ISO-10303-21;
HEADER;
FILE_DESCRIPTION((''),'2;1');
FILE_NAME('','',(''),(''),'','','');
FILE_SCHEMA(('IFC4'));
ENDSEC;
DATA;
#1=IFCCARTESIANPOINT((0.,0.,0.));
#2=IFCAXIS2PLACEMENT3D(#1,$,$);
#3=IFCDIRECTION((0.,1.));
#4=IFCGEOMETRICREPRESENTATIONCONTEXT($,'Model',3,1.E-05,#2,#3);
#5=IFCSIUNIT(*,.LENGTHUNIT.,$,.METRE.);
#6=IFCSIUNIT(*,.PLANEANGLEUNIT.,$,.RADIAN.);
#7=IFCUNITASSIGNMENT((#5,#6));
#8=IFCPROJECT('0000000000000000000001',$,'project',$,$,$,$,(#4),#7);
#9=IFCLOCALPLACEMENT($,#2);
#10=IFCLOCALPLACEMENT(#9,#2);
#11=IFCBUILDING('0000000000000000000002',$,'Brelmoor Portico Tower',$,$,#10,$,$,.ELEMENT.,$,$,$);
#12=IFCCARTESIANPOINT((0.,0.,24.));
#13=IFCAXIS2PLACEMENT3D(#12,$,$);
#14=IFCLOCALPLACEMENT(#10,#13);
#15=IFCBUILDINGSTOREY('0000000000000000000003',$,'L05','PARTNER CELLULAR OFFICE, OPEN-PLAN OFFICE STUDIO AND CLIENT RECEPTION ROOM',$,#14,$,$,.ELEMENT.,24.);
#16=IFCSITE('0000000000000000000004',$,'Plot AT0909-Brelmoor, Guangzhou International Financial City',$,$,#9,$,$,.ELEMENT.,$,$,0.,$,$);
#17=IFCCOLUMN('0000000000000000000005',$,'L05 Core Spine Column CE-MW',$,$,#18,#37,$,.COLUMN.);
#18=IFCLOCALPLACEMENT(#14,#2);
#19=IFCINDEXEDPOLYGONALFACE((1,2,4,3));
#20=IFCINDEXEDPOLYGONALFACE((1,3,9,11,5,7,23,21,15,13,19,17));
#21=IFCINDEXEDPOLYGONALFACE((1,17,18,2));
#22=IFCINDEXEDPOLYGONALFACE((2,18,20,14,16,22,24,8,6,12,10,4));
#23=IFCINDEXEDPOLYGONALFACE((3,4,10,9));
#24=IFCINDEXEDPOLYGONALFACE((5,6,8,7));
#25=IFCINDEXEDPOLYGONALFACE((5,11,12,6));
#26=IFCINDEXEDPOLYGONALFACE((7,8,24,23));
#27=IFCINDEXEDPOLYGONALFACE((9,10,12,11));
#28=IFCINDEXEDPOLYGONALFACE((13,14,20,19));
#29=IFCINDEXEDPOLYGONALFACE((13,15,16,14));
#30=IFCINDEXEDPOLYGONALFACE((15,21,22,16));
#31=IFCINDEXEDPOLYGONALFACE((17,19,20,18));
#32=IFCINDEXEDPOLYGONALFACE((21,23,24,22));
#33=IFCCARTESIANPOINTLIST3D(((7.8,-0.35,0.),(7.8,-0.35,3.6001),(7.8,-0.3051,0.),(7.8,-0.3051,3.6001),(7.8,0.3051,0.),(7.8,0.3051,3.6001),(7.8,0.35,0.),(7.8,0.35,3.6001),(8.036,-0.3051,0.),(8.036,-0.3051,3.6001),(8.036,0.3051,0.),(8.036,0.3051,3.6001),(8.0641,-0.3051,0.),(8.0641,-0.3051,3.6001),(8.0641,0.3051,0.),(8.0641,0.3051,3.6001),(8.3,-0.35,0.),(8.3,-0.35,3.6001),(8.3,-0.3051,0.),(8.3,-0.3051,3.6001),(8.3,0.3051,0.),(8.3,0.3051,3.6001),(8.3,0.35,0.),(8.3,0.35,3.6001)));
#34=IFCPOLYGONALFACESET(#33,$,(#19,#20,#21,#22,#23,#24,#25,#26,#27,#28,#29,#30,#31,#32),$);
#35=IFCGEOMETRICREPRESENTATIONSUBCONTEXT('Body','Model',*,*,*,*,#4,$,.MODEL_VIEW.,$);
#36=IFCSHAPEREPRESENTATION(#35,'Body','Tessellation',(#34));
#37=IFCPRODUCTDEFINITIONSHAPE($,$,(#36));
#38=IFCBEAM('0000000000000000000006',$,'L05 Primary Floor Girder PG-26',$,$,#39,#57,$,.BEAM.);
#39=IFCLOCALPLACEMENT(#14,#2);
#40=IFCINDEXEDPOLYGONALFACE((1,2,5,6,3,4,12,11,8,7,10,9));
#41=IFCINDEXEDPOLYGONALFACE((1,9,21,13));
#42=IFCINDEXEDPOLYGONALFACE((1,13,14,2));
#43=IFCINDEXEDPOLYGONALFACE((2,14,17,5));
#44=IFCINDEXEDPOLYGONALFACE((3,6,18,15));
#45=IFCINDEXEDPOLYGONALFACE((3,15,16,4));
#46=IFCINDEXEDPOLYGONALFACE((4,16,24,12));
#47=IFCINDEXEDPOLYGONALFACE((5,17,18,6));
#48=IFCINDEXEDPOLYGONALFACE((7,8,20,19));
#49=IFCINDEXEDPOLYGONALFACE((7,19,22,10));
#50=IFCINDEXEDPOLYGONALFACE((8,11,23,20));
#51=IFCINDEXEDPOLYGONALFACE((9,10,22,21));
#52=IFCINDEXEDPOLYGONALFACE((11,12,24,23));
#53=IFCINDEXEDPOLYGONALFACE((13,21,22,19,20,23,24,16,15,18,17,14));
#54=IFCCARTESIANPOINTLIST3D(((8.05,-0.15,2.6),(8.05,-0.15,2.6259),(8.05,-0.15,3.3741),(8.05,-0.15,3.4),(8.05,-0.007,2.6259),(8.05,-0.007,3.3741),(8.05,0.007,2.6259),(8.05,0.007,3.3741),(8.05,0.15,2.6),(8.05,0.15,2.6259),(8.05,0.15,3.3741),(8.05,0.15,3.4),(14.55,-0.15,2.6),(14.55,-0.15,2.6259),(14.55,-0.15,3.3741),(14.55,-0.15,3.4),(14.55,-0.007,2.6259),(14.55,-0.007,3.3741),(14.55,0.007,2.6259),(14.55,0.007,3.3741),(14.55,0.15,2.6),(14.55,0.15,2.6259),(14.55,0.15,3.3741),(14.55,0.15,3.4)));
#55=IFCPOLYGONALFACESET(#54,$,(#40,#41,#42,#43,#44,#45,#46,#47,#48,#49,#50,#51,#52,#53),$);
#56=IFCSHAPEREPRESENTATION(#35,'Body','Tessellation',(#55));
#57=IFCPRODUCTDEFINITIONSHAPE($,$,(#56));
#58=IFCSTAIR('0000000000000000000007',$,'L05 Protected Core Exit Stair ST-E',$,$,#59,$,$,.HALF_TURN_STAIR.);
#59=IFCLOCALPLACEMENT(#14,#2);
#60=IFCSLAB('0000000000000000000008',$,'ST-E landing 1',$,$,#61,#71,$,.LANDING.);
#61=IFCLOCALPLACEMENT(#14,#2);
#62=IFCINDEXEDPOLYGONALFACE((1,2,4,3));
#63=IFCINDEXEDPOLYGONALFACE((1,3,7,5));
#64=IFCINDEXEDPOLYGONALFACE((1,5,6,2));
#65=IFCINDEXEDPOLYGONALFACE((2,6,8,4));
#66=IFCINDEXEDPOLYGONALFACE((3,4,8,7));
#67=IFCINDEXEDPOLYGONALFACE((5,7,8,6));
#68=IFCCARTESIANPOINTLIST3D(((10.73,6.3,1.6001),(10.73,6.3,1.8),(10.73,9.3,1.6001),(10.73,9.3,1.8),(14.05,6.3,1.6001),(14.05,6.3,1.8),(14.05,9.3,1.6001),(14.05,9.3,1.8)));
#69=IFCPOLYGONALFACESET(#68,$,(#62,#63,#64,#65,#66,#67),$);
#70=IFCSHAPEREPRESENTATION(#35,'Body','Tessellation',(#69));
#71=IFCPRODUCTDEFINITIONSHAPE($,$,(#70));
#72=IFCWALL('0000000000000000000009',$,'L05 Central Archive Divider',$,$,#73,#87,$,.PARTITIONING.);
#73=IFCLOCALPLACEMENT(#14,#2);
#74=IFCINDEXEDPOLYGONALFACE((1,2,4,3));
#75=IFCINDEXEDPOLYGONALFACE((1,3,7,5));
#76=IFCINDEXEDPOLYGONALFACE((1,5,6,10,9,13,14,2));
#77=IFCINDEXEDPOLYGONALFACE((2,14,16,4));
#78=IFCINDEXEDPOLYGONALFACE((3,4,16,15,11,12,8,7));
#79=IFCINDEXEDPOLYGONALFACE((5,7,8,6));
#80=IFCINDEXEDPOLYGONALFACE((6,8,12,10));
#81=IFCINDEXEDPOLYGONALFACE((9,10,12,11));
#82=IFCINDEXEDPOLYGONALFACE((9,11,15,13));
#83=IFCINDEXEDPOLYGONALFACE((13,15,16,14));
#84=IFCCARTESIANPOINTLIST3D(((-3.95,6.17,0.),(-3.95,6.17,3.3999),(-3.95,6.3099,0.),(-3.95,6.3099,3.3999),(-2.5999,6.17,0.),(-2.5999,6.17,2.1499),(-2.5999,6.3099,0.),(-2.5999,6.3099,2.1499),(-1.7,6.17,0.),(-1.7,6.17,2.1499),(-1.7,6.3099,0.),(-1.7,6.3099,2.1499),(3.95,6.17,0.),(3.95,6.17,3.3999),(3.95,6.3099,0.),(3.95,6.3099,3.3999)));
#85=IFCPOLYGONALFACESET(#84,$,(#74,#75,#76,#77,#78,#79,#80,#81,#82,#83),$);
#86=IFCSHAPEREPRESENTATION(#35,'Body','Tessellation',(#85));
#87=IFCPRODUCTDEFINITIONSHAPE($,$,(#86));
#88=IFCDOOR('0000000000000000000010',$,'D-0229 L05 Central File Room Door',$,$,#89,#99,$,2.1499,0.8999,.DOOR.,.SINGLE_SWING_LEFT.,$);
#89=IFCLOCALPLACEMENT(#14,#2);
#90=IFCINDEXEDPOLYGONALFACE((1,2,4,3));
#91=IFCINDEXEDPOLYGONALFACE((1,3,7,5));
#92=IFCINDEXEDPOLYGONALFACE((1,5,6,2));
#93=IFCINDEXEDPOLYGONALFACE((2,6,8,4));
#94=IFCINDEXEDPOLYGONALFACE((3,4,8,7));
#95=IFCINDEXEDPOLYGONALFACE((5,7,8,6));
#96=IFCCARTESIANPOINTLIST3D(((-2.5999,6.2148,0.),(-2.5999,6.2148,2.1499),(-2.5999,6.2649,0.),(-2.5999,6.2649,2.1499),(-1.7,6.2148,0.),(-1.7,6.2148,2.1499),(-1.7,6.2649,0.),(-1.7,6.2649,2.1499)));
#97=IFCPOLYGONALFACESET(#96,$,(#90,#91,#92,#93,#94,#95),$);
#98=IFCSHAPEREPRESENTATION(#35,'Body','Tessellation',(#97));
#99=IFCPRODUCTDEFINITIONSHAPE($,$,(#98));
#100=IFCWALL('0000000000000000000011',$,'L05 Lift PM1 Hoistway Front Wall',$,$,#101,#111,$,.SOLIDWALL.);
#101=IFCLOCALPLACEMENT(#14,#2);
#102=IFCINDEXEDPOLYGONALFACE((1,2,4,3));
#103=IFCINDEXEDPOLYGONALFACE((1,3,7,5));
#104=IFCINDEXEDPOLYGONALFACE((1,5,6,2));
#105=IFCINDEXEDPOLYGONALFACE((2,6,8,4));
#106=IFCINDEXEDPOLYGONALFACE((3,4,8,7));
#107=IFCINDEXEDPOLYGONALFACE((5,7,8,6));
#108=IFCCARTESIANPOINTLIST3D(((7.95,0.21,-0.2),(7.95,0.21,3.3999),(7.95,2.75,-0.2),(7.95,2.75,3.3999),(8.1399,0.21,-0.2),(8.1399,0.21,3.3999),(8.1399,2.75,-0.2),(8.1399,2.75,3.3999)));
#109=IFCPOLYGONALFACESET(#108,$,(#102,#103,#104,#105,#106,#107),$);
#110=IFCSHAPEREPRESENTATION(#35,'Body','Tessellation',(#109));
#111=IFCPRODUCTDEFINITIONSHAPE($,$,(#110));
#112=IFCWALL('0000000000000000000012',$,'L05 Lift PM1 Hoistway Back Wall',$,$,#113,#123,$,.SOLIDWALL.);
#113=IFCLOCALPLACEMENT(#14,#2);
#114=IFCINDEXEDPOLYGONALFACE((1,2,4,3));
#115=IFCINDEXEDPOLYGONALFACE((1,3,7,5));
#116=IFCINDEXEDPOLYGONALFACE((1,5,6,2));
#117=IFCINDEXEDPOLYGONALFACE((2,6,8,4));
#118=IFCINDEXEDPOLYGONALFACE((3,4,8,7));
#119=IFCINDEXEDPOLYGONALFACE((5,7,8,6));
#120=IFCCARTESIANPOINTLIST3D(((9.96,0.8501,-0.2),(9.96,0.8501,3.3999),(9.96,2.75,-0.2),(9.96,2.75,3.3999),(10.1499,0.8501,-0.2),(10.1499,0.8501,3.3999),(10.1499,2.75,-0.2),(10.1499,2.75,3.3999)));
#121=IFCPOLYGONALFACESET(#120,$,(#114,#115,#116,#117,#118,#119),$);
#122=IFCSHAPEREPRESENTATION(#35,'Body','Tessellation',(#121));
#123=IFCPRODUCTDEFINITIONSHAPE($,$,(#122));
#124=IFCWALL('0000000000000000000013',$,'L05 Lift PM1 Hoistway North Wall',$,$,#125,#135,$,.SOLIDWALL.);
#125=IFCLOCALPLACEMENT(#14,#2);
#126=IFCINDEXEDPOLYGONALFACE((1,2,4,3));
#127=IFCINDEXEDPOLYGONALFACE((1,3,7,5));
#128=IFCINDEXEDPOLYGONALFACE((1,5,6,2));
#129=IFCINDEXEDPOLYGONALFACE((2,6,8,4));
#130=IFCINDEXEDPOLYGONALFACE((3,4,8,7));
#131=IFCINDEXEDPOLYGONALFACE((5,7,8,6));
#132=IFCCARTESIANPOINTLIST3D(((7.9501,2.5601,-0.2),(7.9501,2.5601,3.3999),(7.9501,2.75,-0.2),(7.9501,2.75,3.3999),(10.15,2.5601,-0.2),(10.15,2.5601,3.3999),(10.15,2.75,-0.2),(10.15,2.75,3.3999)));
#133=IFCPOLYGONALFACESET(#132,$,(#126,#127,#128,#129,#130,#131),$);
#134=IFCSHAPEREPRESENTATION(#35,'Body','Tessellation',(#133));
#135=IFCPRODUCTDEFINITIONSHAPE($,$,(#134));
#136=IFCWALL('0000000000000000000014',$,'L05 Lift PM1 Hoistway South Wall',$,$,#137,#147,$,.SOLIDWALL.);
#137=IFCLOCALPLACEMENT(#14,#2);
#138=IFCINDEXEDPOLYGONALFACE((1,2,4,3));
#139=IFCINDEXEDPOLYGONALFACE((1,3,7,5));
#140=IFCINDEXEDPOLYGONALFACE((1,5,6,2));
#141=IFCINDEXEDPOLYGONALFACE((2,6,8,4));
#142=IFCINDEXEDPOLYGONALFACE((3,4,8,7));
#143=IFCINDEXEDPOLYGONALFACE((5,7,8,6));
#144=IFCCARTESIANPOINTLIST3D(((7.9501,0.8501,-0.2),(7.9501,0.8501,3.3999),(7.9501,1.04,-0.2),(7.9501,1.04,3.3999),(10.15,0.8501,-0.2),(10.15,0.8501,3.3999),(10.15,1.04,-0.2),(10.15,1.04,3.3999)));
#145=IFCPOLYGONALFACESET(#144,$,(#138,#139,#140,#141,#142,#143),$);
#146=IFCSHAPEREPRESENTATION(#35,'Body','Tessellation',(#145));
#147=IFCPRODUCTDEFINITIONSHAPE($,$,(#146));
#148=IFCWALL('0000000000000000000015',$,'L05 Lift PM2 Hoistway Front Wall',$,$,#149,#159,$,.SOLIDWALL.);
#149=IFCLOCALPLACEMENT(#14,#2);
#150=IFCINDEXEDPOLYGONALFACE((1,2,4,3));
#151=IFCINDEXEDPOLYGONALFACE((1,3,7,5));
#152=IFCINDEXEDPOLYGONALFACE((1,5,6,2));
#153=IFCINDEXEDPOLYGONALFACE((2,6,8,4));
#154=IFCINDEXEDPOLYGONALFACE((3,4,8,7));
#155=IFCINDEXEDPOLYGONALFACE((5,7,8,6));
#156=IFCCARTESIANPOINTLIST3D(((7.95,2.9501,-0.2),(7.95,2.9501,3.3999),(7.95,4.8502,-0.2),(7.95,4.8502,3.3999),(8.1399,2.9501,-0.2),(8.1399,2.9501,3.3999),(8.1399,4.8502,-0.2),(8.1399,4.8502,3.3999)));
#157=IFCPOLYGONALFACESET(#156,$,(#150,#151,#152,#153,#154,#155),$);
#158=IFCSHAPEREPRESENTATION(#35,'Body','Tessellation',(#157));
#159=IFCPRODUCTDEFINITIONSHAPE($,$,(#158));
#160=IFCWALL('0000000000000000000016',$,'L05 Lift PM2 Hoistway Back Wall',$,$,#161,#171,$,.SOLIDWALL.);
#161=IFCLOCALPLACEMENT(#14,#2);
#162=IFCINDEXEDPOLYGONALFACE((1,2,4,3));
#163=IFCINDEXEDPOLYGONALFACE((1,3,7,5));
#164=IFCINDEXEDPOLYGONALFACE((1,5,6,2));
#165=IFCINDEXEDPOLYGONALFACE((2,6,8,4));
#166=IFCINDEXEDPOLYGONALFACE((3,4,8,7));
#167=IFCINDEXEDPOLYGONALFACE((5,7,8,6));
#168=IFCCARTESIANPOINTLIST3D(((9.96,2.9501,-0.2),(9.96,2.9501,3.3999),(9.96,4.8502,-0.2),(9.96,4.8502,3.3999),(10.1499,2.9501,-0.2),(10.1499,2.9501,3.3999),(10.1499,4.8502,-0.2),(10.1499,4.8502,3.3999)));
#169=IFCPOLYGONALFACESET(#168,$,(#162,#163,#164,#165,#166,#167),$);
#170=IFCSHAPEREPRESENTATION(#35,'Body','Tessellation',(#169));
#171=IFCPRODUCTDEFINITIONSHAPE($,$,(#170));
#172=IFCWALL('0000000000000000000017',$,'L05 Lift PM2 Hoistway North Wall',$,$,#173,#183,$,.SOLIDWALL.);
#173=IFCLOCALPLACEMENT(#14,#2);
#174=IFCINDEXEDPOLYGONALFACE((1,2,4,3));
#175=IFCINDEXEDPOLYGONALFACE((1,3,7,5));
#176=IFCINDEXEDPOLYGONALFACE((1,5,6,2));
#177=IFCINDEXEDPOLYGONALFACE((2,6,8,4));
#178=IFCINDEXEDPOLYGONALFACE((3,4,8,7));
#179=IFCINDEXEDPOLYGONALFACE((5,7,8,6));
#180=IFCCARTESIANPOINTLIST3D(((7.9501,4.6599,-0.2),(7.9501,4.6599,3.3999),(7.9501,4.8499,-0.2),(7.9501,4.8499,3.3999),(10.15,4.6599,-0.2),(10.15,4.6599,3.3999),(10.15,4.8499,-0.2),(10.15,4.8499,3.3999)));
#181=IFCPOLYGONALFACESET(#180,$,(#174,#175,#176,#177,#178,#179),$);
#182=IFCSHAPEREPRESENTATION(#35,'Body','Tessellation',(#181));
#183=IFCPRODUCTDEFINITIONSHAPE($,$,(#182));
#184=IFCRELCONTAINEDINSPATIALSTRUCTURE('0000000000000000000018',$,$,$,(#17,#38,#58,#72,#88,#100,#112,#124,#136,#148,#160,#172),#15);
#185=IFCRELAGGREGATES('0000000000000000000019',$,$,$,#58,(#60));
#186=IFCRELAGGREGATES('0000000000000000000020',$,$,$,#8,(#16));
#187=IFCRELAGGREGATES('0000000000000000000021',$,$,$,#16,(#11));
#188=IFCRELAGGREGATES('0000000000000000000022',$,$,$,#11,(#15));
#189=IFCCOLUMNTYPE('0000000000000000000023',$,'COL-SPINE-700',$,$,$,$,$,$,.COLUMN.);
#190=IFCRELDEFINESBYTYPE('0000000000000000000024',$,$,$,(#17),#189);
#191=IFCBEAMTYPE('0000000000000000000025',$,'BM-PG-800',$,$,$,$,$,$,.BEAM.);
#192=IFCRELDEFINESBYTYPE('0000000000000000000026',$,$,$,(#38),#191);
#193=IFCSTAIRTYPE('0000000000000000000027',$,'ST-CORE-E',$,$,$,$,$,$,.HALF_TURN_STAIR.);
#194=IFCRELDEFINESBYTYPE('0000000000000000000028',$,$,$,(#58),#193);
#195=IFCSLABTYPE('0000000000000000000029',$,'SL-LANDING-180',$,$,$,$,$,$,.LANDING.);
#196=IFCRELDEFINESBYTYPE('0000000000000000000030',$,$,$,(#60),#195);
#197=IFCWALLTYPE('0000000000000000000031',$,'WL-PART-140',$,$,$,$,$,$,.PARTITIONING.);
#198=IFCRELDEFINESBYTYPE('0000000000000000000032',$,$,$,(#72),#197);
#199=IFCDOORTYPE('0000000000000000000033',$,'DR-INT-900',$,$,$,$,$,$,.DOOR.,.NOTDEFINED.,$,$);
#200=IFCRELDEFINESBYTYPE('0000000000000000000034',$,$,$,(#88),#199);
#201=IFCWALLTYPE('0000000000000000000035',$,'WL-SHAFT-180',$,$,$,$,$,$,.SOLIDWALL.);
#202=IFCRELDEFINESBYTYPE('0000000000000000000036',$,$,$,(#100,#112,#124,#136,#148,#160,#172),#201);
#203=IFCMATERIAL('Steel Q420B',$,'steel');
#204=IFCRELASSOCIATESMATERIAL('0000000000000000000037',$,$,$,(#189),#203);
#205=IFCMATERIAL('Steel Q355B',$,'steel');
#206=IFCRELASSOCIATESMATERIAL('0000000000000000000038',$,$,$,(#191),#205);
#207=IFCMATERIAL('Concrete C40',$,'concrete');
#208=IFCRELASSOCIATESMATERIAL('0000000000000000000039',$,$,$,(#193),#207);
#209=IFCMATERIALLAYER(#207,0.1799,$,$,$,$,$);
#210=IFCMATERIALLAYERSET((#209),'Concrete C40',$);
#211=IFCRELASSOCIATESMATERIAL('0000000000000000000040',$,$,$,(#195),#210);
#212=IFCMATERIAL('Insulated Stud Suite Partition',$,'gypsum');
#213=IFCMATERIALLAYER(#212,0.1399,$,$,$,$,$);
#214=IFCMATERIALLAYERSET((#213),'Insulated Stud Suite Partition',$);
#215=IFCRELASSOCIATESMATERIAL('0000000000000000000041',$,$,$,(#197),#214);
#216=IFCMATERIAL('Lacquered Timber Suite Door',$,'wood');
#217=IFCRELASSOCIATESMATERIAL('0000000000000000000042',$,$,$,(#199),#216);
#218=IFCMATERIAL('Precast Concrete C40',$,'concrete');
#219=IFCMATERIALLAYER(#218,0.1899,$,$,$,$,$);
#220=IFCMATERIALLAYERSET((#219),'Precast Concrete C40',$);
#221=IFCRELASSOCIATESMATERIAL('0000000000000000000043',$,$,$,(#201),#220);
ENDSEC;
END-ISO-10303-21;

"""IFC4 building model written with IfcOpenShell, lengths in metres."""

from ifc_helpers import new_model, si_unit, direction, frame, frame_2d, origin, origin_2d, place, context, subcontext, project, spatial, polyline, rectangle, i_section, outline, extrude, material, layer, layer_set, material_profile, profile_set, type_object, element, fill, aggregate, save


model = new_model("IFC4")

# Units and contexts
model_context = context("Model", 3, precision=1e-05, world=origin(), true_north=direction((0.0, 1.0)))
body_context = subcontext(model_context, "Body", "Model", "MODEL_VIEW")
ifc_project = project(units=[si_unit("LENGTHUNIT", "METRE"), si_unit("PLANEANGLEUNIT", "RADIAN")], contexts=[model_context])

# Site, building, storey
site_placement = place(None, origin())
site = spatial("IfcSite", under=ifc_project, at=site_placement, Name="Plot AT0909-Brelmoor, Guangzhou International Financial City", CompositionType="ELEMENT", RefElevation=0.0)
building_placement = place(site_placement, origin())
building = spatial("IfcBuilding", under=site, at=building_placement, Name="Brelmoor Portico Tower", CompositionType="ELEMENT")
storey_placement = place(building_placement, frame((0.0, 0.0, 24.0)))
storey = spatial("IfcBuildingStorey", under=building, at=storey_placement, Name="L05", Description="PARTNER CELLULAR OFFICE, OPEN-PLAN OFFICE STUDIO AND CLIENT RECEPTION ROOM", CompositionType="ELEMENT", Elevation=24.0)

# Column
ifc_material_1 = material(Name="Steel Q420B", Category="steel")
ifc_material_profile_1 = material_profile(ifc_material_1, i_section(OverallWidth=0.5, OverallDepth=0.7, WebThickness=0.0281, FlangeThickness=0.0449, at=origin_2d()), Name="HW 700x500x28x45")
ifc_profile_set_1 = profile_set([ifc_material_profile_1], Name="Steel Q420B")
column_type = type_object("IfcColumnType", Name="COL-SPINE-700", PredefinedType="COLUMN", material=ifc_profile_set_1)
column_placement = place(storey_placement, frame((8.05, 0.0, 0.0), z_axis=(0.0, 0.0, 1.0), x_axis=(1.0, 0.0, 0.0)))
element("IfcColumn", 1, at=column_placement, inside=storey, type_object=column_type, Name="L05 Core Spine Column CE-MW", PredefinedType="COLUMN", context=body_context, shape_type="SweptSolid", body=[
    extrude(i_section(OverallWidth=0.5, OverallDepth=0.7, WebThickness=0.0281, FlangeThickness=0.0449, at=origin_2d()), origin(), (0.0, 0.0, 1.0), 3.6001),
])

# Beam
ifc_material_2 = material(Name="Steel Q355B", Category="steel")
ifc_material_profile_2 = material_profile(ifc_material_2, i_section(OverallWidth=0.3, OverallDepth=0.8, WebThickness=0.0139, FlangeThickness=0.0259, at=origin_2d()), Name="HN 800x300x14x26")
ifc_profile_set_2 = profile_set([ifc_material_profile_2], Name="Steel Q355B")
beam_type = type_object("IfcBeamType", Name="BM-PG-800", PredefinedType="BEAM", material=ifc_profile_set_2)
beam_placement = place(storey_placement, frame((8.05, 0.0, 3.0), z_axis=(1.0, 0.0, 0.0), x_axis=(0.0, 1.0, 0.0)))
element("IfcBeam", 2, at=beam_placement, inside=storey, type_object=beam_type, Name="L05 Primary Floor Girder PG-26", PredefinedType="BEAM", context=body_context, shape_type="SweptSolid", body=[
    extrude(i_section(OverallWidth=0.3, OverallDepth=0.8, WebThickness=0.0139, FlangeThickness=0.0259, at=origin_2d()), origin(), (0.0, 0.0, 1.0), 6.5),
])

# Stair, slab
ifc_material_3 = material(Name="Concrete C40", Category="concrete")
stair_type = type_object("IfcStairType", Name="ST-CORE-E", PredefinedType="HALF_TURN_STAIR", material=ifc_material_3)
stair_placement = place(storey_placement, origin())
stair = element("IfcStair", 3, at=stair_placement, inside=storey, type_object=stair_type, Name="L05 Protected Core Exit Stair ST-E", PredefinedType="HALF_TURN_STAIR")
ifc_layer_1 = layer(ifc_material_3, 0.1799)
ifc_layer_set_1 = layer_set([ifc_layer_1], Name="Concrete C40")
slab_type = type_object("IfcSlabType", Name="SL-LANDING-180", PredefinedType="LANDING", material=ifc_layer_set_1)
slab_placement = place(storey_placement, frame((0.0, 0.0, 1.6001)))
slab = element("IfcSlab", 4, at=slab_placement, type_object=slab_type, Name="ST-E landing 1", PredefinedType="LANDING", context=body_context, shape_type="SweptSolid", body=[
    extrude(outline(polyline([(14.05, 6.3), (14.05, 9.3), (10.73, 9.3), (10.73, 6.3), (14.05, 6.3)])), origin(), (0.0, 0.0, 1.0), 0.2),
])

# Wall, opening, door
ifc_material_4 = material(Name="Insulated Stud Suite Partition", Category="gypsum")
ifc_layer_2 = layer(ifc_material_4, 0.1399)
ifc_layer_set_2 = layer_set([ifc_layer_2], Name="Insulated Stud Suite Partition")
wall_type_1 = type_object("IfcWallType", Name="WL-PART-140", PredefinedType="PARTITIONING", material=ifc_layer_set_2)
wall_1_placement = place(storey_placement, frame((-3.95, 6.24, 0.0), z_axis=(0.0, 0.0, 1.0), x_axis=(1.0, 0.0, 0.0)))
wall_1 = element("IfcWall", 5, at=wall_1_placement, inside=storey, type_object=wall_type_1, Name="L05 Central Archive Divider", PredefinedType="PARTITIONING", context=body_context, shape_type="SweptSolid", body=[
    extrude(rectangle(XDim=7.8999, YDim=0.1399, at=frame_2d((3.95, 0.0))), origin(), (0.0, 0.0, 1.0), 3.3999),
])
opening_1_placement = place(wall_1_placement, frame((1.3501, 0.0, 0.0)))
opening_1 = element("IfcOpeningElement", 6, at=opening_1_placement, cuts=wall_1, PredefinedType="OPENING", context=body_context, shape_type="SweptSolid", body=[
    extrude(rectangle(XDim=0.8999, YDim=2.1499, at=frame_2d((0.45, 1.075))), frame((0.0, 0.0798, 0.0), z_axis=(0.0, -1.0, 0.0), x_axis=(1.0, 0.0, 0.0)), (0.0, 0.0, 1.0), 0.1599),
])
ifc_material_5 = material(Name="Lacquered Timber Suite Door", Category="wood")
door_type_1 = type_object("IfcDoorType", Name="DR-INT-900", OperationType="NOTDEFINED", PredefinedType="DOOR", material=ifc_material_5)
door_1_placement = place(opening_1_placement, origin())
door_1 = element("IfcDoor", 7, at=door_1_placement, inside=storey, type_object=door_type_1, Name="D-0229 L05 Central File Room Door", OperationType="SINGLE_SWING_LEFT", OverallHeight=2.1499, OverallWidth=0.8999, PredefinedType="DOOR", context=body_context, shape_type="SweptSolid", body=[
    extrude(rectangle(XDim=0.8999, YDim=2.1499, at=frame_2d((0.45, 1.075))), frame((0.0, 0.0249, 0.0), z_axis=(0.0, -1.0, 0.0), x_axis=(1.0, 0.0, 0.0)), (0.0, 0.0, 1.0), 0.05),
])
fill(opening_1, door_1)

# Walls
ifc_material_6 = material(Name="Precast Concrete C40", Category="concrete")
ifc_layer_3 = layer(ifc_material_6, 0.1899)
ifc_layer_set_3 = layer_set([ifc_layer_3], Name="Precast Concrete C40")
wall_type_2 = type_object("IfcWallType", Name="WL-SHAFT-180", PredefinedType="SOLIDWALL", material=ifc_layer_set_3)
wall_2_placement = place(storey_placement, frame((8.0449, 0.21, -0.2), z_axis=(0.0, 0.0, 1.0), x_axis=(0.0, 1.0, 0.0)))
element("IfcWall", 8, at=wall_2_placement, inside=storey, type_object=wall_type_2, Name="L05 Lift PM1 Hoistway Front Wall", PredefinedType="SOLIDWALL", context=body_context, shape_type="SweptSolid", body=[
    extrude(rectangle(XDim=2.54, YDim=0.1899, at=frame_2d((1.27, 0.0))), origin(), (0.0, 0.0, 1.0), 3.5999),
])
wall_3_placement = place(storey_placement, frame((10.0549, 0.8501, -0.2), z_axis=(0.0, 0.0, 1.0), x_axis=(0.0, 1.0, 0.0)))
element("IfcWall", 9, at=wall_3_placement, inside=storey, type_object=wall_type_2, Name="L05 Lift PM1 Hoistway Back Wall", PredefinedType="SOLIDWALL", context=body_context, shape_type="SweptSolid", body=[
    extrude(rectangle(XDim=1.8999, YDim=0.1899, at=frame_2d((0.95, 0.0))), origin(), (0.0, 0.0, 1.0), 3.5999),
])
for number, where, z_axis, x_axis, name in (
    (10, (7.95, 2.655, -0.2), (0.0, 0.0, 1.0), (1.0, 0.0, 0.0), "L05 Lift PM1 Hoistway North Wall"),
    (11, (7.95, 0.9451, -0.2), (0.0, 0.0, 1.0), (1.0, 0.0, 0.0), "L05 Lift PM1 Hoistway South Wall"),
):
    element("IfcWall", number, at=place(storey_placement, frame(where, z_axis=z_axis, x_axis=x_axis)), inside=storey, type_object=wall_type_2, Name=name, PredefinedType="SOLIDWALL", context=body_context, shape_type="SweptSolid", body=[
        extrude(rectangle(XDim=2.2, YDim=0.1899, at=frame_2d((1.1001, 0.0))), origin(), (0.0, 0.0, 1.0), 3.5999),
    ])
for number, where, z_axis, x_axis, name in (
    (12, (8.0449, 2.95, -0.2), (0.0, 0.0, 1.0), (0.0, 1.0, 0.0), "L05 Lift PM2 Hoistway Front Wall"),
    (13, (10.0549, 2.95, -0.2), (0.0, 0.0, 1.0), (0.0, 1.0, 0.0), "L05 Lift PM2 Hoistway Back Wall"),
):
    element("IfcWall", number, at=place(storey_placement, frame(where, z_axis=z_axis, x_axis=x_axis)), inside=storey, type_object=wall_type_2, Name=name, PredefinedType="SOLIDWALL", context=body_context, shape_type="SweptSolid", body=[
        extrude(rectangle(XDim=1.9001, YDim=0.1899, at=frame_2d((0.9502, 0.0))), origin(), (0.0, 0.0, 1.0), 3.5999),
    ])
for number, where, z_axis, x_axis, name in (
    (14, (7.95, 4.7549, -0.2), (0.0, 0.0, 1.0), (1.0, 0.0, 0.0), "L05 Lift PM2 Hoistway North Wall"),
):
    element("IfcWall", number, at=place(storey_placement, frame(where, z_axis=z_axis, x_axis=x_axis)), inside=storey, type_object=wall_type_2, Name=name, PredefinedType="SOLIDWALL", context=body_context, shape_type="SweptSolid", body=[
        extrude(rectangle(XDim=2.2, YDim=0.1899, at=frame_2d((1.1001, 0.0))), origin(), (0.0, 0.0, 1.0), 3.5999),
    ])

aggregate(stair, [slab])

save(model, "model.ifc")
